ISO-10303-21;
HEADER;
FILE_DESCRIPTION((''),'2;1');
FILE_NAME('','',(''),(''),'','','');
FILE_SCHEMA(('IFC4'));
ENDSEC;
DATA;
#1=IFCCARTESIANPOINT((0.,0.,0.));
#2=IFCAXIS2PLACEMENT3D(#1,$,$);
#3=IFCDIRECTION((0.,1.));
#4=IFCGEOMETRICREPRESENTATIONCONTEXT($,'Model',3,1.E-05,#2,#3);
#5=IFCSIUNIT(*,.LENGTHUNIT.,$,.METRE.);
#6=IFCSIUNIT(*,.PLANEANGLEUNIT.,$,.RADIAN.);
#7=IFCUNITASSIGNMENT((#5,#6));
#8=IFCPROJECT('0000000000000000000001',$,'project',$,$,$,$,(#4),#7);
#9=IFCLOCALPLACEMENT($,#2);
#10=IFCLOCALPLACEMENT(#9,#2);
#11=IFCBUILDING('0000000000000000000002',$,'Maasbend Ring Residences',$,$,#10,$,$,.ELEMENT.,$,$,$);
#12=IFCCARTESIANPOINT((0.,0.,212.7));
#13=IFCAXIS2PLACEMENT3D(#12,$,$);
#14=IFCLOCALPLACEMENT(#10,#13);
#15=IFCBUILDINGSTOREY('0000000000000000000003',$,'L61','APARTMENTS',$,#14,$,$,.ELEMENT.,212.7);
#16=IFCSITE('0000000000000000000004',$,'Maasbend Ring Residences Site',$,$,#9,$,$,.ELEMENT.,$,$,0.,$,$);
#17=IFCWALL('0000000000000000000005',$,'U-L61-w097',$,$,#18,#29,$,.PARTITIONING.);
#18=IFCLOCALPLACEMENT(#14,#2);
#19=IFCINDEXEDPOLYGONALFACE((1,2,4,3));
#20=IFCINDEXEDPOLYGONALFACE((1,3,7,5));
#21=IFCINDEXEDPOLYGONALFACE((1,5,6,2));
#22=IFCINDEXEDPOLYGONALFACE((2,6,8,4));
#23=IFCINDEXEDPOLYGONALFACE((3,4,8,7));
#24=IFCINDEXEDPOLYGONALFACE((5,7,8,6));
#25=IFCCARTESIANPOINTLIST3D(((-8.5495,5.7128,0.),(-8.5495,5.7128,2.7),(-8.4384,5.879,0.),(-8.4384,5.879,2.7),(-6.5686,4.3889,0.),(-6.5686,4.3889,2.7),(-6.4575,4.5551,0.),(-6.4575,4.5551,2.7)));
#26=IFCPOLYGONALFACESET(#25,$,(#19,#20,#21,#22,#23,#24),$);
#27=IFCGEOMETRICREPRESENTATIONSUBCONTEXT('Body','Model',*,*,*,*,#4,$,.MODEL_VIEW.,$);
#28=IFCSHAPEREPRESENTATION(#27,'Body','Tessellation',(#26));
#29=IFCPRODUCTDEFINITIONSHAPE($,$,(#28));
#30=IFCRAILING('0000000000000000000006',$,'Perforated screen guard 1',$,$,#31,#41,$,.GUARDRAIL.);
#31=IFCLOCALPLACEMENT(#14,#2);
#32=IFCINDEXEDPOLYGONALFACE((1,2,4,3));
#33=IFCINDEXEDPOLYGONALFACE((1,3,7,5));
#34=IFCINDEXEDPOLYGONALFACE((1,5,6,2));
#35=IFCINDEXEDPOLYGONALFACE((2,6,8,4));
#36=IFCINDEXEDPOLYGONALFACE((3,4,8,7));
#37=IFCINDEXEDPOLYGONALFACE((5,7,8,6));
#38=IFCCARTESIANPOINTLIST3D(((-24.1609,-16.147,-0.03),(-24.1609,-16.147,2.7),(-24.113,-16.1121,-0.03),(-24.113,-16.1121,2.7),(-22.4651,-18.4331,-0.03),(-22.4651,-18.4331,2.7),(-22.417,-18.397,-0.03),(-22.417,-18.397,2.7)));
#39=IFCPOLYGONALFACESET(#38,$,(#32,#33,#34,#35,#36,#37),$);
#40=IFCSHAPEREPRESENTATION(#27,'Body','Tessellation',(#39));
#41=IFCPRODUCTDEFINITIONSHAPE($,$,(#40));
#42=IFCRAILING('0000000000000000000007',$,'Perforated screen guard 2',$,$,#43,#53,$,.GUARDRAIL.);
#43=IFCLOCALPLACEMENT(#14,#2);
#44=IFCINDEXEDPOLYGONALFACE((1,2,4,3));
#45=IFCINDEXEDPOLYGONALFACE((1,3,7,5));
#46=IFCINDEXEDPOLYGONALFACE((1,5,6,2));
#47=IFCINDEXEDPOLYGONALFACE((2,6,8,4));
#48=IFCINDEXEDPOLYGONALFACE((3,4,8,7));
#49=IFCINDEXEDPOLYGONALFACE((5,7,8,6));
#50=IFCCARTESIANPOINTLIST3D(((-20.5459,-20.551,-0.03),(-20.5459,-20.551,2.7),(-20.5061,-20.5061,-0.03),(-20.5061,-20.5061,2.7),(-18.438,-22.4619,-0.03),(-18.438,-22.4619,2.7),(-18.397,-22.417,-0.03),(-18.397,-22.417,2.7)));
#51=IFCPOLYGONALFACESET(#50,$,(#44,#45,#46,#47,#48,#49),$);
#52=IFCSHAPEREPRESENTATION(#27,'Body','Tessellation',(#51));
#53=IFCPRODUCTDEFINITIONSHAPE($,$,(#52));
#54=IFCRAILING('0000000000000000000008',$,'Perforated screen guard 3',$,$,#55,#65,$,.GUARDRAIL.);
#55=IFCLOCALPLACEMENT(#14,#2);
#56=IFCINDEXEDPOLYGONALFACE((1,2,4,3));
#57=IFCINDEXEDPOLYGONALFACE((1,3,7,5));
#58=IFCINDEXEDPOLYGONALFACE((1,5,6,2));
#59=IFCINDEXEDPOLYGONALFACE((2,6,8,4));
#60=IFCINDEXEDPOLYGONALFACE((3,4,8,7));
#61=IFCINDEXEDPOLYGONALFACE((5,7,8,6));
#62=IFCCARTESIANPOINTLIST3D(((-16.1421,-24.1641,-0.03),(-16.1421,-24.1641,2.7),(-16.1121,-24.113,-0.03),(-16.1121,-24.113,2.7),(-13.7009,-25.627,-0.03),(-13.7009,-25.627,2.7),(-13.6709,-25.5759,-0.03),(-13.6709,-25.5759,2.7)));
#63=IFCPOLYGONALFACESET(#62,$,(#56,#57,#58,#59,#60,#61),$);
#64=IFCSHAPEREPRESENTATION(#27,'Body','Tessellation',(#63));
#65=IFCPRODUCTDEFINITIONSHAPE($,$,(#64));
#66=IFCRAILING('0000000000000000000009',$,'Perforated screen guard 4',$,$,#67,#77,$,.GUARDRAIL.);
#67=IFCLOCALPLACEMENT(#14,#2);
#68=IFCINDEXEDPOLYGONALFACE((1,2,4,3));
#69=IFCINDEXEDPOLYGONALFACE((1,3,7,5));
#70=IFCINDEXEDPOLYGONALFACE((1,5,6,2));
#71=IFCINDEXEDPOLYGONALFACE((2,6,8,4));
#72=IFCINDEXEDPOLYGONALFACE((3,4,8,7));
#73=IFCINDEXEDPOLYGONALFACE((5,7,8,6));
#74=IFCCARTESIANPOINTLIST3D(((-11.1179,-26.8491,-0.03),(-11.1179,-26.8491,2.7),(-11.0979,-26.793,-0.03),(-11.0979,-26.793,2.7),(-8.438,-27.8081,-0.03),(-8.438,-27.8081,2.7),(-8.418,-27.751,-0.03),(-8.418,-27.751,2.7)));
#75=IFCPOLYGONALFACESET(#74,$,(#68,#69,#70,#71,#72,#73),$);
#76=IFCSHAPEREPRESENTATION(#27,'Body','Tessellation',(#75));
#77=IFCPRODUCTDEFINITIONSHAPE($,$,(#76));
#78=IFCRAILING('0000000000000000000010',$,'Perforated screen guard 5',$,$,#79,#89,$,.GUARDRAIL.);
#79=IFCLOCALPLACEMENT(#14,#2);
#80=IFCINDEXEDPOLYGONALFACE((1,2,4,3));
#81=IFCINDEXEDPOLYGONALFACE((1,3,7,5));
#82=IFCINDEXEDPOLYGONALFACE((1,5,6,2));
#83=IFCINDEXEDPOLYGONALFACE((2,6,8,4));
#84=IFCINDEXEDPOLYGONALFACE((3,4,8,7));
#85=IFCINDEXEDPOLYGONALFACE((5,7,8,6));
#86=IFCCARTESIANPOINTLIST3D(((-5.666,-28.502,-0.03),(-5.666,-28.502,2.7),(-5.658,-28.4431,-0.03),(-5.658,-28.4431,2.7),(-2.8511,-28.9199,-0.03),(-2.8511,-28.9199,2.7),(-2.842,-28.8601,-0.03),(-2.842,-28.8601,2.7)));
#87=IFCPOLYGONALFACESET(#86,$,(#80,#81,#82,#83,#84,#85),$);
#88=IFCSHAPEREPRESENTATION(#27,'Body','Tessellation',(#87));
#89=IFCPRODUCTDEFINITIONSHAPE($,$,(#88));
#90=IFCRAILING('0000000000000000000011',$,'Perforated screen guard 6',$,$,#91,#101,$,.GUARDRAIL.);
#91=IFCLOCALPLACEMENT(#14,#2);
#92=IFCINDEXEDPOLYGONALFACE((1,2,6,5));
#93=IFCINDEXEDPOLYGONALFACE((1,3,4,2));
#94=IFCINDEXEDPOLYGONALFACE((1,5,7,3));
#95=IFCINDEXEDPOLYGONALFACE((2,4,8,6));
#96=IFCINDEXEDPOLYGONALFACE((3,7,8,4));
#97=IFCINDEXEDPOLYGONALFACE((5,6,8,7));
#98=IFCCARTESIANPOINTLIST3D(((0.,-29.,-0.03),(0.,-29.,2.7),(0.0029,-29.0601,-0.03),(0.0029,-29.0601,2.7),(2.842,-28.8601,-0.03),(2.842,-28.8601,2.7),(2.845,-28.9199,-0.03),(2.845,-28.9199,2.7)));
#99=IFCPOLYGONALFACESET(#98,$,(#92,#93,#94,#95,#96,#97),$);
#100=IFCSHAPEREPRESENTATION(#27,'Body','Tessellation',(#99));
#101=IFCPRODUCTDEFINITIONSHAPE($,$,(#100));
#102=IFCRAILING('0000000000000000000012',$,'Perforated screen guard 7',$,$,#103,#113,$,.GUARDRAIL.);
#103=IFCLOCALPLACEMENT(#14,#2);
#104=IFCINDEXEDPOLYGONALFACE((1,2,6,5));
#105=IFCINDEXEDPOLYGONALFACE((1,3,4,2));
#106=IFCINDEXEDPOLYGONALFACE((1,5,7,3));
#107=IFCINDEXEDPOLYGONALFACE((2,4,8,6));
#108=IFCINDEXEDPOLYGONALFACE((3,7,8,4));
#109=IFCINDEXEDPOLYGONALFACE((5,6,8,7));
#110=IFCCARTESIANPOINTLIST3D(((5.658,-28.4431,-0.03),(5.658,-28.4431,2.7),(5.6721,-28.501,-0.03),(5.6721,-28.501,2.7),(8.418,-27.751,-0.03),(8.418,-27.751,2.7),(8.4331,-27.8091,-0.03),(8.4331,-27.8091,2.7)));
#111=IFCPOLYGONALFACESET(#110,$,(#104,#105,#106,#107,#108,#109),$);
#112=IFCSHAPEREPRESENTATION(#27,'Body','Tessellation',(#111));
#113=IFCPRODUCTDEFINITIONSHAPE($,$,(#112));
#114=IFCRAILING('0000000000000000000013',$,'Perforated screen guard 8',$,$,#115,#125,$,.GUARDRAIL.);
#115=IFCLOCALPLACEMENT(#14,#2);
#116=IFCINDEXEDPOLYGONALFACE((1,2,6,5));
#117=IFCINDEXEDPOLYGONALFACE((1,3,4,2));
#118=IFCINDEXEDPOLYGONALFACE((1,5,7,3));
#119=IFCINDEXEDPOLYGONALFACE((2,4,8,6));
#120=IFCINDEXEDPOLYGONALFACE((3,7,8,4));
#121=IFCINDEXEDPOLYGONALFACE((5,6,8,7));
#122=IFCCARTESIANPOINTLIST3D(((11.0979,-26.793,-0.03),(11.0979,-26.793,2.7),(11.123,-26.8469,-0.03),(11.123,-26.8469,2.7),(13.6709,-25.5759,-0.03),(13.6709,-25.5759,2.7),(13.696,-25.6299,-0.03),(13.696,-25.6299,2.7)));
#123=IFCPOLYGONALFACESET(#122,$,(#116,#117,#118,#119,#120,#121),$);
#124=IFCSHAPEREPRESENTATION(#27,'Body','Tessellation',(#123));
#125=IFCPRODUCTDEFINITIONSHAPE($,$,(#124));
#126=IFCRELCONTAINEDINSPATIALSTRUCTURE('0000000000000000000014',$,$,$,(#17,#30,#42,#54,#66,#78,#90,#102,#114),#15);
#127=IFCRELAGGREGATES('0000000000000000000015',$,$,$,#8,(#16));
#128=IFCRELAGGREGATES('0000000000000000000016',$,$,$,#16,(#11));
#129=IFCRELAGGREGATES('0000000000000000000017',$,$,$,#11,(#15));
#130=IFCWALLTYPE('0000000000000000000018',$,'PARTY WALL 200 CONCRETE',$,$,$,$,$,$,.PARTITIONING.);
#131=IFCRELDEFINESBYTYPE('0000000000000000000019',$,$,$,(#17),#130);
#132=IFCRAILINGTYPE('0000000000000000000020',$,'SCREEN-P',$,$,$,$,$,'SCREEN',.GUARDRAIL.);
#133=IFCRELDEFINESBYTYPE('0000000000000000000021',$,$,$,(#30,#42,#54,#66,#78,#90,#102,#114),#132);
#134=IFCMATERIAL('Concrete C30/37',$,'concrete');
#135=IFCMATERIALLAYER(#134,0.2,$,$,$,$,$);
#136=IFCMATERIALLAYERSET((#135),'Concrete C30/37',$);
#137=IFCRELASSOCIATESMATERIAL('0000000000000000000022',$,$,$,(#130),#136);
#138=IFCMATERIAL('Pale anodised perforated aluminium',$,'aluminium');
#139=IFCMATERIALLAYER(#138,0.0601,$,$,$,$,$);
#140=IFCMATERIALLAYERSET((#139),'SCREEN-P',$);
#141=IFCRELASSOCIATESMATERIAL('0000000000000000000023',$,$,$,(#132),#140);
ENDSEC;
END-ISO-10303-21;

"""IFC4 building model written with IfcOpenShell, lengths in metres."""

from ifc_helpers import new_model, si_unit, direction, frame, frame_2d, origin, place, context, subcontext, project, spatial, polyline, rectangle, outline, extrude, material, layer, layer_set, type_object, element, save


model = new_model("IFC4")

# Units and contexts
model_context = context("Model", 3, precision=1e-05, world=origin(), true_north=direction((0.0, 1.0)))
body_context = subcontext(model_context, "Body", "Model", "MODEL_VIEW")
ifc_project = project(units=[si_unit("LENGTHUNIT", "METRE"), si_unit("PLANEANGLEUNIT", "RADIAN")], contexts=[model_context])

# Site, building, storey
site_placement = place(None, origin())
site = spatial("IfcSite", under=ifc_project, at=site_placement, Name="Maasbend Ring Residences Site", CompositionType="ELEMENT", RefElevation=0.0)
building_placement = place(site_placement, origin())
building = spatial("IfcBuilding", under=site, at=building_placement, Name="Maasbend Ring Residences", CompositionType="ELEMENT")
storey_placement = place(building_placement, frame((0.0, 0.0, 212.7)))
storey = spatial("IfcBuildingStorey", under=building, at=storey_placement, Name="L61", Description="APARTMENTS", CompositionType="ELEMENT", Elevation=212.7)

# Wall
ifc_material_1 = material(Name="Concrete C30/37", Category="concrete")
ifc_layer_1 = layer(ifc_material_1, 0.2)
ifc_layer_set_1 = layer_set([ifc_layer_1], Name="Concrete C30/37")
wall_type = type_object("IfcWallType", Name="PARTY WALL 200 CONCRETE", PredefinedType="PARTITIONING", material=ifc_layer_set_1)
wall_placement = place(storey_placement, frame((-6.5129, 4.4719, 0.0), z_axis=(0.0, 0.0, 1.0), x_axis=(-0.831403, 0.555669, 0.0)))
element("IfcWall", 1, at=wall_placement, inside=storey, type_object=wall_type, Name="U-L61-w097", PredefinedType="PARTITIONING", context=body_context, shape_type="SweptSolid", body=[
    extrude(rectangle(XDim=2.3826, YDim=0.2, at=frame_2d((1.1914, 0.0))), origin(), (0.0, 0.0, 1.0), 2.7),
])

# Railings
ifc_material_2 = material(Name="Pale anodised perforated aluminium", Category="aluminium")
ifc_layer_2 = layer(ifc_material_2, 0.0601)
ifc_layer_set_2 = layer_set([ifc_layer_2], Name="SCREEN-P")
railing_type = type_object("IfcRailingType", Name="SCREEN-P", ElementType="SCREEN", PredefinedType="GUARDRAIL", material=ifc_layer_set_2)
railing_1_placement = place(storey_placement, frame((0.0, 0.0, -0.03)))
element("IfcRailing", 2, at=railing_1_placement, inside=storey, type_object=railing_type, Name="Perforated screen guard 1", PredefinedType="GUARDRAIL", context=body_context, shape_type="SweptSolid", body=[
    extrude(outline(polyline([(-24.113, -16.1121), (-22.417, -18.397), (-22.4651, -18.4331), (-24.1609, -16.147), (-24.113, -16.1121)])), origin(), (0.0, 0.0, 1.0), 2.73),
])
railing_2_placement = place(storey_placement, frame((0.0, 0.0, -0.03)))
element("IfcRailing", 3, at=railing_2_placement, inside=storey, type_object=railing_type, Name="Perforated screen guard 2", PredefinedType="GUARDRAIL", context=body_context, shape_type="SweptSolid", body=[
    extrude(outline(polyline([(-20.5061, -20.5061), (-18.397, -22.417), (-18.438, -22.4619), (-20.5459, -20.551), (-20.5061, -20.5061)])), origin(), (0.0, 0.0, 1.0), 2.73),
])
railing_3_placement = place(storey_placement, frame((0.0, 0.0, -0.03)))
element("IfcRailing", 4, at=railing_3_placement, inside=storey, type_object=railing_type, Name="Perforated screen guard 3", PredefinedType="GUARDRAIL", context=body_context, shape_type="SweptSolid", body=[
    extrude(outline(polyline([(-16.1121, -24.113), (-13.6709, -25.5759), (-13.7009, -25.627), (-16.1421, -24.1641), (-16.1121, -24.113)])), origin(), (0.0, 0.0, 1.0), 2.73),
])
railing_4_placement = place(storey_placement, frame((0.0, 0.0, -0.03)))
element("IfcRailing", 5, at=railing_4_placement, inside=storey, type_object=railing_type, Name="Perforated screen guard 4", PredefinedType="GUARDRAIL", context=body_context, shape_type="SweptSolid", body=[
    extrude(outline(polyline([(-11.0979, -26.793), (-8.418, -27.751), (-8.438, -27.8081), (-11.1179, -26.8491), (-11.0979, -26.793)])), origin(), (0.0, 0.0, 1.0), 2.73),
])
railing_5_placement = place(storey_placement, frame((0.0, 0.0, -0.03)))
element("IfcRailing", 6, at=railing_5_placement, inside=storey, type_object=railing_type, Name="Perforated screen guard 5", PredefinedType="GUARDRAIL", context=body_context, shape_type="SweptSolid", body=[
    extrude(outline(polyline([(-5.658, -28.4431), (-2.842, -28.8601), (-2.8511, -28.9199), (-5.666, -28.502), (-5.658, -28.4431)])), origin(), (0.0, 0.0, 1.0), 2.73),
])
railing_6_placement = place(storey_placement, frame((0.0, 0.0, -0.03)))
element("IfcRailing", 7, at=railing_6_placement, inside=storey, type_object=railing_type, Name="Perforated screen guard 6", PredefinedType="GUARDRAIL", context=body_context, shape_type="SweptSolid", body=[
    extrude(outline(polyline([(0.0, -29.0), (2.842, -28.8601), (2.845, -28.9199), (0.0029, -29.0601), (0.0, -29.0)])), origin(), (0.0, 0.0, 1.0), 2.73),
])
railing_7_placement = place(storey_placement, frame((0.0, 0.0, -0.03)))
element("IfcRailing", 8, at=railing_7_placement, inside=storey, type_object=railing_type, Name="Perforated screen guard 7", PredefinedType="GUARDRAIL", context=body_context, shape_type="SweptSolid", body=[
    extrude(outline(polyline([(5.658, -28.4431), (8.418, -27.751), (8.4331, -27.8091), (5.6721, -28.501), (5.658, -28.4431)])), origin(), (0.0, 0.0, 1.0), 2.73),
])
railing_8_placement = place(storey_placement, frame((0.0, 0.0, -0.03)))
element("IfcRailing", 9, at=railing_8_placement, inside=storey, type_object=railing_type, Name="Perforated screen guard 8", PredefinedType="GUARDRAIL", context=body_context, shape_type="SweptSolid", body=[
    extrude(outline(polyline([(11.0979, -26.793), (13.6709, -25.5759), (13.696, -25.6299), (11.123, -26.8469), (11.0979, -26.793)])), origin(), (0.0, 0.0, 1.0), 2.73),
])

save(model, "model.ifc")
